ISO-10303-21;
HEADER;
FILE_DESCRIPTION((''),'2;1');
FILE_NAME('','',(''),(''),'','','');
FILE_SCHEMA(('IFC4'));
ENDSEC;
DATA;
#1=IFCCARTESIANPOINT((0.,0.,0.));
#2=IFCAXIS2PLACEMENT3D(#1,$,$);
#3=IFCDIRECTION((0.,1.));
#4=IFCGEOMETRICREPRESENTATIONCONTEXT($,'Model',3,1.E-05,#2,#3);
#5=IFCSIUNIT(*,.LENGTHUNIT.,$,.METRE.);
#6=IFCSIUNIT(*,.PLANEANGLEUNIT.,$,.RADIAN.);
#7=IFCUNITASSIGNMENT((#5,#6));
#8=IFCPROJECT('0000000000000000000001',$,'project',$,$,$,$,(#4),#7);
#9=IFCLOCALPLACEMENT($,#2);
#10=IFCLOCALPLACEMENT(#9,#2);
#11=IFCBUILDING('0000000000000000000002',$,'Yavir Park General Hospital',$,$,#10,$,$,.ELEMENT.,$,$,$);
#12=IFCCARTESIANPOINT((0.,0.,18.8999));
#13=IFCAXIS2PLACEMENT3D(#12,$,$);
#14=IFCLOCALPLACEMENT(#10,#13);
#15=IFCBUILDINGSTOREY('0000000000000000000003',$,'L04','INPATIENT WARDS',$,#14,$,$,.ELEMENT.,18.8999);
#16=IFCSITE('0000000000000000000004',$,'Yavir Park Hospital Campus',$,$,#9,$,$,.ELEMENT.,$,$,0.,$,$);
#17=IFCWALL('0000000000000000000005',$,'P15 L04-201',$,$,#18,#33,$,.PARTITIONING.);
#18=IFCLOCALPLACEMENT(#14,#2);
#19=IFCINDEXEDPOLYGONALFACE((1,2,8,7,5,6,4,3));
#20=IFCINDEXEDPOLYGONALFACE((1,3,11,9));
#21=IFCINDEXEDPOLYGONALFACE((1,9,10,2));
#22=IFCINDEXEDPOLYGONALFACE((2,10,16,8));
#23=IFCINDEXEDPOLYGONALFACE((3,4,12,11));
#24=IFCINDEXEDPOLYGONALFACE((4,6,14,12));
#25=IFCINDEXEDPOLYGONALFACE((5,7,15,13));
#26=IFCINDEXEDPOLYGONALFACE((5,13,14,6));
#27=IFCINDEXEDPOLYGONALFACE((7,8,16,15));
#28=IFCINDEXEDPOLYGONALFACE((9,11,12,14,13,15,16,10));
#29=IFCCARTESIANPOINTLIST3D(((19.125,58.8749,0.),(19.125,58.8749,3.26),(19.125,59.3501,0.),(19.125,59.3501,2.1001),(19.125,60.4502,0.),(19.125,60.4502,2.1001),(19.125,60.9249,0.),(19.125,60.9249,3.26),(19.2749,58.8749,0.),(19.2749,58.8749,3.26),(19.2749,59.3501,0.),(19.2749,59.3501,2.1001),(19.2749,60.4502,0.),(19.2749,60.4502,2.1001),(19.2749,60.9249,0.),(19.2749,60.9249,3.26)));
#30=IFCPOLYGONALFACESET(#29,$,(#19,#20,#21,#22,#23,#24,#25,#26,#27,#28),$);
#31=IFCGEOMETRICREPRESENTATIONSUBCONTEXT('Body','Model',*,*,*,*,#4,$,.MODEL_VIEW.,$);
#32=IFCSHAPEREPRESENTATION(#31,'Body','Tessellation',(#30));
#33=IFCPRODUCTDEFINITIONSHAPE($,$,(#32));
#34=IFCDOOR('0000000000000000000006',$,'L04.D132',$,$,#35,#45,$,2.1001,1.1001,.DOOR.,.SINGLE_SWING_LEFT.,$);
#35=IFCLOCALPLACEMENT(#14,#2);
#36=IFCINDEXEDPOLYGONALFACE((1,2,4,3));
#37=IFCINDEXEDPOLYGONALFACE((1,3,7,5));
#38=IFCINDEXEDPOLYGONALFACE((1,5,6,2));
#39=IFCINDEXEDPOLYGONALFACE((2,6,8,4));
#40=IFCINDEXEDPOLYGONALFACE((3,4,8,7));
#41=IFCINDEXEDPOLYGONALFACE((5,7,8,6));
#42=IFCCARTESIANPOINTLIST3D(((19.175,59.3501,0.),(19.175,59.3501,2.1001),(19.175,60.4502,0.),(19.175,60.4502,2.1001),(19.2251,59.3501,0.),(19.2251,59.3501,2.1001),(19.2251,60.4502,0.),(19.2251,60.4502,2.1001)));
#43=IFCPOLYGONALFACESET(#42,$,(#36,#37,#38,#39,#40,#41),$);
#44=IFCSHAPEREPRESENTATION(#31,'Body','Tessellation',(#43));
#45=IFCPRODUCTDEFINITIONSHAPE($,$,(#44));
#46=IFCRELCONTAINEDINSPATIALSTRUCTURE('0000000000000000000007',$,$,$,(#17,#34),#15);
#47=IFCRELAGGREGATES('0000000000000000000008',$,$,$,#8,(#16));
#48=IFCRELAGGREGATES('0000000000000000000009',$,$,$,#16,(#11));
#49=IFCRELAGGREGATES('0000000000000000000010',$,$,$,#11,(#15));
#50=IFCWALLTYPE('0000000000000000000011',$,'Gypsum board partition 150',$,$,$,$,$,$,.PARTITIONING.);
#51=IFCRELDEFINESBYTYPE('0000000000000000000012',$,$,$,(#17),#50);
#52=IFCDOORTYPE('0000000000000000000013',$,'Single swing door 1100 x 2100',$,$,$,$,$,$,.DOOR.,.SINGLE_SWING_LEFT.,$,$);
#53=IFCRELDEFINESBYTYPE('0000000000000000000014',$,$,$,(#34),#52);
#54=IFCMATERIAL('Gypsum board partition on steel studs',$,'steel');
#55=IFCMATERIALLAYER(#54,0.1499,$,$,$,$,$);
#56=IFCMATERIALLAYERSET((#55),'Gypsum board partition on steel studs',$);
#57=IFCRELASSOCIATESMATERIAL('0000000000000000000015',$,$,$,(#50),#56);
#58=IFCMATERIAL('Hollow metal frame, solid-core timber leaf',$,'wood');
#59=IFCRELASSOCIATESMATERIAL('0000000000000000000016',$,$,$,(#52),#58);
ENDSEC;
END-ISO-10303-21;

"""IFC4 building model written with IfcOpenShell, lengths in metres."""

from ifc_helpers import new_model, si_unit, direction, frame, frame_2d, origin, place, context, subcontext, project, spatial, rectangle, extrude, material, layer, layer_set, type_object, element, fill, save


model = new_model("IFC4")

# Units and contexts
model_context = context("Model", 3, precision=1e-05, world=origin(), true_north=direction((0.0, 1.0)))
body_context = subcontext(model_context, "Body", "Model", "MODEL_VIEW")
ifc_project = project(units=[si_unit("LENGTHUNIT", "METRE"), si_unit("PLANEANGLEUNIT", "RADIAN")], contexts=[model_context])

# Site, building, storey
site_placement = place(None, origin())
site = spatial("IfcSite", under=ifc_project, at=site_placement, Name="Yavir Park Hospital Campus", CompositionType="ELEMENT", RefElevation=0.0)
building_placement = place(site_placement, origin())
building = spatial("IfcBuilding", under=site, at=building_placement, Name="Yavir Park General Hospital", CompositionType="ELEMENT")
storey_placement = place(building_placement, frame((0.0, 0.0, 18.8999)))
storey = spatial("IfcBuildingStorey", under=building, at=storey_placement, Name="L04", Description="INPATIENT WARDS", CompositionType="ELEMENT", Elevation=18.8999)

# Shared definitions
ifc_material_1 = material(Name="Gypsum board partition on steel studs", Category="steel")
ifc_layer_1 = layer(ifc_material_1, 0.1499)
ifc_layer_set_1 = layer_set([ifc_layer_1], Name="Gypsum board partition on steel studs")
wall_type_1 = type_object("IfcWallType", Name="Gypsum board partition 150", PredefinedType="PARTITIONING", material=ifc_layer_set_1)

# Wall, opening, door
ifc_material_2 = material(Name="Hollow metal frame, solid-core timber leaf", Category="wood")
door_type_1 = type_object("IfcDoorType", Name="Single swing door 1100 x 2100", OperationType="SINGLE_SWING_LEFT", PredefinedType="DOOR", material=ifc_material_2)
wall_1_placement = place(storey_placement, frame((19.2, 58.875, 0.0), z_axis=(0.0, 0.0, 1.0), x_axis=(0.0, 1.0, 0.0)))
wall_1 = element("IfcWall", 1, at=wall_1_placement, inside=storey, type_object=wall_type_1, Name="P15 L04-201", PredefinedType="PARTITIONING", context=body_context, shape_type="SweptSolid", body=[
    extrude(rectangle(XDim=2.05, YDim=0.1499, at=frame_2d((1.0249, 0.0))), origin(), (0.0, 0.0, 1.0), 3.26),
])
opening_1_placement = place(wall_1_placement, frame((0.4751, 0.0, 0.0)))
opening_1 = element("IfcOpeningElement", 2, at=opening_1_placement, cuts=wall_1, PredefinedType="OPENING", context=body_context, shape_type="SweptSolid", body=[
    extrude(rectangle(XDim=1.1001, YDim=2.1001, at=frame_2d((0.55, 1.05))), frame((0.0, 0.085, 0.0), z_axis=(0.0, -1.0, 0.0), x_axis=(1.0, 0.0, 0.0)), (0.0, 0.0, 1.0), 0.1699),
])
door_1_placement = place(opening_1_placement, origin())
door_1 = element("IfcDoor", 3, at=door_1_placement, inside=storey, type_object=door_type_1, Name="L04.D132", OperationType="SINGLE_SWING_LEFT", OverallHeight=2.1001, OverallWidth=1.1001, PredefinedType="DOOR", context=body_context, shape_type="SweptSolid", body=[
    extrude(rectangle(XDim=1.1001, YDim=2.1001, at=frame_2d((0.55, 1.05))), frame((0.0, 0.0249, 0.0), z_axis=(0.0, -1.0, 0.0), x_axis=(1.0, 0.0, 0.0)), (0.0, 0.0, 1.0), 0.05),
])
fill(opening_1, door_1)

save(model, "model.ifc")
